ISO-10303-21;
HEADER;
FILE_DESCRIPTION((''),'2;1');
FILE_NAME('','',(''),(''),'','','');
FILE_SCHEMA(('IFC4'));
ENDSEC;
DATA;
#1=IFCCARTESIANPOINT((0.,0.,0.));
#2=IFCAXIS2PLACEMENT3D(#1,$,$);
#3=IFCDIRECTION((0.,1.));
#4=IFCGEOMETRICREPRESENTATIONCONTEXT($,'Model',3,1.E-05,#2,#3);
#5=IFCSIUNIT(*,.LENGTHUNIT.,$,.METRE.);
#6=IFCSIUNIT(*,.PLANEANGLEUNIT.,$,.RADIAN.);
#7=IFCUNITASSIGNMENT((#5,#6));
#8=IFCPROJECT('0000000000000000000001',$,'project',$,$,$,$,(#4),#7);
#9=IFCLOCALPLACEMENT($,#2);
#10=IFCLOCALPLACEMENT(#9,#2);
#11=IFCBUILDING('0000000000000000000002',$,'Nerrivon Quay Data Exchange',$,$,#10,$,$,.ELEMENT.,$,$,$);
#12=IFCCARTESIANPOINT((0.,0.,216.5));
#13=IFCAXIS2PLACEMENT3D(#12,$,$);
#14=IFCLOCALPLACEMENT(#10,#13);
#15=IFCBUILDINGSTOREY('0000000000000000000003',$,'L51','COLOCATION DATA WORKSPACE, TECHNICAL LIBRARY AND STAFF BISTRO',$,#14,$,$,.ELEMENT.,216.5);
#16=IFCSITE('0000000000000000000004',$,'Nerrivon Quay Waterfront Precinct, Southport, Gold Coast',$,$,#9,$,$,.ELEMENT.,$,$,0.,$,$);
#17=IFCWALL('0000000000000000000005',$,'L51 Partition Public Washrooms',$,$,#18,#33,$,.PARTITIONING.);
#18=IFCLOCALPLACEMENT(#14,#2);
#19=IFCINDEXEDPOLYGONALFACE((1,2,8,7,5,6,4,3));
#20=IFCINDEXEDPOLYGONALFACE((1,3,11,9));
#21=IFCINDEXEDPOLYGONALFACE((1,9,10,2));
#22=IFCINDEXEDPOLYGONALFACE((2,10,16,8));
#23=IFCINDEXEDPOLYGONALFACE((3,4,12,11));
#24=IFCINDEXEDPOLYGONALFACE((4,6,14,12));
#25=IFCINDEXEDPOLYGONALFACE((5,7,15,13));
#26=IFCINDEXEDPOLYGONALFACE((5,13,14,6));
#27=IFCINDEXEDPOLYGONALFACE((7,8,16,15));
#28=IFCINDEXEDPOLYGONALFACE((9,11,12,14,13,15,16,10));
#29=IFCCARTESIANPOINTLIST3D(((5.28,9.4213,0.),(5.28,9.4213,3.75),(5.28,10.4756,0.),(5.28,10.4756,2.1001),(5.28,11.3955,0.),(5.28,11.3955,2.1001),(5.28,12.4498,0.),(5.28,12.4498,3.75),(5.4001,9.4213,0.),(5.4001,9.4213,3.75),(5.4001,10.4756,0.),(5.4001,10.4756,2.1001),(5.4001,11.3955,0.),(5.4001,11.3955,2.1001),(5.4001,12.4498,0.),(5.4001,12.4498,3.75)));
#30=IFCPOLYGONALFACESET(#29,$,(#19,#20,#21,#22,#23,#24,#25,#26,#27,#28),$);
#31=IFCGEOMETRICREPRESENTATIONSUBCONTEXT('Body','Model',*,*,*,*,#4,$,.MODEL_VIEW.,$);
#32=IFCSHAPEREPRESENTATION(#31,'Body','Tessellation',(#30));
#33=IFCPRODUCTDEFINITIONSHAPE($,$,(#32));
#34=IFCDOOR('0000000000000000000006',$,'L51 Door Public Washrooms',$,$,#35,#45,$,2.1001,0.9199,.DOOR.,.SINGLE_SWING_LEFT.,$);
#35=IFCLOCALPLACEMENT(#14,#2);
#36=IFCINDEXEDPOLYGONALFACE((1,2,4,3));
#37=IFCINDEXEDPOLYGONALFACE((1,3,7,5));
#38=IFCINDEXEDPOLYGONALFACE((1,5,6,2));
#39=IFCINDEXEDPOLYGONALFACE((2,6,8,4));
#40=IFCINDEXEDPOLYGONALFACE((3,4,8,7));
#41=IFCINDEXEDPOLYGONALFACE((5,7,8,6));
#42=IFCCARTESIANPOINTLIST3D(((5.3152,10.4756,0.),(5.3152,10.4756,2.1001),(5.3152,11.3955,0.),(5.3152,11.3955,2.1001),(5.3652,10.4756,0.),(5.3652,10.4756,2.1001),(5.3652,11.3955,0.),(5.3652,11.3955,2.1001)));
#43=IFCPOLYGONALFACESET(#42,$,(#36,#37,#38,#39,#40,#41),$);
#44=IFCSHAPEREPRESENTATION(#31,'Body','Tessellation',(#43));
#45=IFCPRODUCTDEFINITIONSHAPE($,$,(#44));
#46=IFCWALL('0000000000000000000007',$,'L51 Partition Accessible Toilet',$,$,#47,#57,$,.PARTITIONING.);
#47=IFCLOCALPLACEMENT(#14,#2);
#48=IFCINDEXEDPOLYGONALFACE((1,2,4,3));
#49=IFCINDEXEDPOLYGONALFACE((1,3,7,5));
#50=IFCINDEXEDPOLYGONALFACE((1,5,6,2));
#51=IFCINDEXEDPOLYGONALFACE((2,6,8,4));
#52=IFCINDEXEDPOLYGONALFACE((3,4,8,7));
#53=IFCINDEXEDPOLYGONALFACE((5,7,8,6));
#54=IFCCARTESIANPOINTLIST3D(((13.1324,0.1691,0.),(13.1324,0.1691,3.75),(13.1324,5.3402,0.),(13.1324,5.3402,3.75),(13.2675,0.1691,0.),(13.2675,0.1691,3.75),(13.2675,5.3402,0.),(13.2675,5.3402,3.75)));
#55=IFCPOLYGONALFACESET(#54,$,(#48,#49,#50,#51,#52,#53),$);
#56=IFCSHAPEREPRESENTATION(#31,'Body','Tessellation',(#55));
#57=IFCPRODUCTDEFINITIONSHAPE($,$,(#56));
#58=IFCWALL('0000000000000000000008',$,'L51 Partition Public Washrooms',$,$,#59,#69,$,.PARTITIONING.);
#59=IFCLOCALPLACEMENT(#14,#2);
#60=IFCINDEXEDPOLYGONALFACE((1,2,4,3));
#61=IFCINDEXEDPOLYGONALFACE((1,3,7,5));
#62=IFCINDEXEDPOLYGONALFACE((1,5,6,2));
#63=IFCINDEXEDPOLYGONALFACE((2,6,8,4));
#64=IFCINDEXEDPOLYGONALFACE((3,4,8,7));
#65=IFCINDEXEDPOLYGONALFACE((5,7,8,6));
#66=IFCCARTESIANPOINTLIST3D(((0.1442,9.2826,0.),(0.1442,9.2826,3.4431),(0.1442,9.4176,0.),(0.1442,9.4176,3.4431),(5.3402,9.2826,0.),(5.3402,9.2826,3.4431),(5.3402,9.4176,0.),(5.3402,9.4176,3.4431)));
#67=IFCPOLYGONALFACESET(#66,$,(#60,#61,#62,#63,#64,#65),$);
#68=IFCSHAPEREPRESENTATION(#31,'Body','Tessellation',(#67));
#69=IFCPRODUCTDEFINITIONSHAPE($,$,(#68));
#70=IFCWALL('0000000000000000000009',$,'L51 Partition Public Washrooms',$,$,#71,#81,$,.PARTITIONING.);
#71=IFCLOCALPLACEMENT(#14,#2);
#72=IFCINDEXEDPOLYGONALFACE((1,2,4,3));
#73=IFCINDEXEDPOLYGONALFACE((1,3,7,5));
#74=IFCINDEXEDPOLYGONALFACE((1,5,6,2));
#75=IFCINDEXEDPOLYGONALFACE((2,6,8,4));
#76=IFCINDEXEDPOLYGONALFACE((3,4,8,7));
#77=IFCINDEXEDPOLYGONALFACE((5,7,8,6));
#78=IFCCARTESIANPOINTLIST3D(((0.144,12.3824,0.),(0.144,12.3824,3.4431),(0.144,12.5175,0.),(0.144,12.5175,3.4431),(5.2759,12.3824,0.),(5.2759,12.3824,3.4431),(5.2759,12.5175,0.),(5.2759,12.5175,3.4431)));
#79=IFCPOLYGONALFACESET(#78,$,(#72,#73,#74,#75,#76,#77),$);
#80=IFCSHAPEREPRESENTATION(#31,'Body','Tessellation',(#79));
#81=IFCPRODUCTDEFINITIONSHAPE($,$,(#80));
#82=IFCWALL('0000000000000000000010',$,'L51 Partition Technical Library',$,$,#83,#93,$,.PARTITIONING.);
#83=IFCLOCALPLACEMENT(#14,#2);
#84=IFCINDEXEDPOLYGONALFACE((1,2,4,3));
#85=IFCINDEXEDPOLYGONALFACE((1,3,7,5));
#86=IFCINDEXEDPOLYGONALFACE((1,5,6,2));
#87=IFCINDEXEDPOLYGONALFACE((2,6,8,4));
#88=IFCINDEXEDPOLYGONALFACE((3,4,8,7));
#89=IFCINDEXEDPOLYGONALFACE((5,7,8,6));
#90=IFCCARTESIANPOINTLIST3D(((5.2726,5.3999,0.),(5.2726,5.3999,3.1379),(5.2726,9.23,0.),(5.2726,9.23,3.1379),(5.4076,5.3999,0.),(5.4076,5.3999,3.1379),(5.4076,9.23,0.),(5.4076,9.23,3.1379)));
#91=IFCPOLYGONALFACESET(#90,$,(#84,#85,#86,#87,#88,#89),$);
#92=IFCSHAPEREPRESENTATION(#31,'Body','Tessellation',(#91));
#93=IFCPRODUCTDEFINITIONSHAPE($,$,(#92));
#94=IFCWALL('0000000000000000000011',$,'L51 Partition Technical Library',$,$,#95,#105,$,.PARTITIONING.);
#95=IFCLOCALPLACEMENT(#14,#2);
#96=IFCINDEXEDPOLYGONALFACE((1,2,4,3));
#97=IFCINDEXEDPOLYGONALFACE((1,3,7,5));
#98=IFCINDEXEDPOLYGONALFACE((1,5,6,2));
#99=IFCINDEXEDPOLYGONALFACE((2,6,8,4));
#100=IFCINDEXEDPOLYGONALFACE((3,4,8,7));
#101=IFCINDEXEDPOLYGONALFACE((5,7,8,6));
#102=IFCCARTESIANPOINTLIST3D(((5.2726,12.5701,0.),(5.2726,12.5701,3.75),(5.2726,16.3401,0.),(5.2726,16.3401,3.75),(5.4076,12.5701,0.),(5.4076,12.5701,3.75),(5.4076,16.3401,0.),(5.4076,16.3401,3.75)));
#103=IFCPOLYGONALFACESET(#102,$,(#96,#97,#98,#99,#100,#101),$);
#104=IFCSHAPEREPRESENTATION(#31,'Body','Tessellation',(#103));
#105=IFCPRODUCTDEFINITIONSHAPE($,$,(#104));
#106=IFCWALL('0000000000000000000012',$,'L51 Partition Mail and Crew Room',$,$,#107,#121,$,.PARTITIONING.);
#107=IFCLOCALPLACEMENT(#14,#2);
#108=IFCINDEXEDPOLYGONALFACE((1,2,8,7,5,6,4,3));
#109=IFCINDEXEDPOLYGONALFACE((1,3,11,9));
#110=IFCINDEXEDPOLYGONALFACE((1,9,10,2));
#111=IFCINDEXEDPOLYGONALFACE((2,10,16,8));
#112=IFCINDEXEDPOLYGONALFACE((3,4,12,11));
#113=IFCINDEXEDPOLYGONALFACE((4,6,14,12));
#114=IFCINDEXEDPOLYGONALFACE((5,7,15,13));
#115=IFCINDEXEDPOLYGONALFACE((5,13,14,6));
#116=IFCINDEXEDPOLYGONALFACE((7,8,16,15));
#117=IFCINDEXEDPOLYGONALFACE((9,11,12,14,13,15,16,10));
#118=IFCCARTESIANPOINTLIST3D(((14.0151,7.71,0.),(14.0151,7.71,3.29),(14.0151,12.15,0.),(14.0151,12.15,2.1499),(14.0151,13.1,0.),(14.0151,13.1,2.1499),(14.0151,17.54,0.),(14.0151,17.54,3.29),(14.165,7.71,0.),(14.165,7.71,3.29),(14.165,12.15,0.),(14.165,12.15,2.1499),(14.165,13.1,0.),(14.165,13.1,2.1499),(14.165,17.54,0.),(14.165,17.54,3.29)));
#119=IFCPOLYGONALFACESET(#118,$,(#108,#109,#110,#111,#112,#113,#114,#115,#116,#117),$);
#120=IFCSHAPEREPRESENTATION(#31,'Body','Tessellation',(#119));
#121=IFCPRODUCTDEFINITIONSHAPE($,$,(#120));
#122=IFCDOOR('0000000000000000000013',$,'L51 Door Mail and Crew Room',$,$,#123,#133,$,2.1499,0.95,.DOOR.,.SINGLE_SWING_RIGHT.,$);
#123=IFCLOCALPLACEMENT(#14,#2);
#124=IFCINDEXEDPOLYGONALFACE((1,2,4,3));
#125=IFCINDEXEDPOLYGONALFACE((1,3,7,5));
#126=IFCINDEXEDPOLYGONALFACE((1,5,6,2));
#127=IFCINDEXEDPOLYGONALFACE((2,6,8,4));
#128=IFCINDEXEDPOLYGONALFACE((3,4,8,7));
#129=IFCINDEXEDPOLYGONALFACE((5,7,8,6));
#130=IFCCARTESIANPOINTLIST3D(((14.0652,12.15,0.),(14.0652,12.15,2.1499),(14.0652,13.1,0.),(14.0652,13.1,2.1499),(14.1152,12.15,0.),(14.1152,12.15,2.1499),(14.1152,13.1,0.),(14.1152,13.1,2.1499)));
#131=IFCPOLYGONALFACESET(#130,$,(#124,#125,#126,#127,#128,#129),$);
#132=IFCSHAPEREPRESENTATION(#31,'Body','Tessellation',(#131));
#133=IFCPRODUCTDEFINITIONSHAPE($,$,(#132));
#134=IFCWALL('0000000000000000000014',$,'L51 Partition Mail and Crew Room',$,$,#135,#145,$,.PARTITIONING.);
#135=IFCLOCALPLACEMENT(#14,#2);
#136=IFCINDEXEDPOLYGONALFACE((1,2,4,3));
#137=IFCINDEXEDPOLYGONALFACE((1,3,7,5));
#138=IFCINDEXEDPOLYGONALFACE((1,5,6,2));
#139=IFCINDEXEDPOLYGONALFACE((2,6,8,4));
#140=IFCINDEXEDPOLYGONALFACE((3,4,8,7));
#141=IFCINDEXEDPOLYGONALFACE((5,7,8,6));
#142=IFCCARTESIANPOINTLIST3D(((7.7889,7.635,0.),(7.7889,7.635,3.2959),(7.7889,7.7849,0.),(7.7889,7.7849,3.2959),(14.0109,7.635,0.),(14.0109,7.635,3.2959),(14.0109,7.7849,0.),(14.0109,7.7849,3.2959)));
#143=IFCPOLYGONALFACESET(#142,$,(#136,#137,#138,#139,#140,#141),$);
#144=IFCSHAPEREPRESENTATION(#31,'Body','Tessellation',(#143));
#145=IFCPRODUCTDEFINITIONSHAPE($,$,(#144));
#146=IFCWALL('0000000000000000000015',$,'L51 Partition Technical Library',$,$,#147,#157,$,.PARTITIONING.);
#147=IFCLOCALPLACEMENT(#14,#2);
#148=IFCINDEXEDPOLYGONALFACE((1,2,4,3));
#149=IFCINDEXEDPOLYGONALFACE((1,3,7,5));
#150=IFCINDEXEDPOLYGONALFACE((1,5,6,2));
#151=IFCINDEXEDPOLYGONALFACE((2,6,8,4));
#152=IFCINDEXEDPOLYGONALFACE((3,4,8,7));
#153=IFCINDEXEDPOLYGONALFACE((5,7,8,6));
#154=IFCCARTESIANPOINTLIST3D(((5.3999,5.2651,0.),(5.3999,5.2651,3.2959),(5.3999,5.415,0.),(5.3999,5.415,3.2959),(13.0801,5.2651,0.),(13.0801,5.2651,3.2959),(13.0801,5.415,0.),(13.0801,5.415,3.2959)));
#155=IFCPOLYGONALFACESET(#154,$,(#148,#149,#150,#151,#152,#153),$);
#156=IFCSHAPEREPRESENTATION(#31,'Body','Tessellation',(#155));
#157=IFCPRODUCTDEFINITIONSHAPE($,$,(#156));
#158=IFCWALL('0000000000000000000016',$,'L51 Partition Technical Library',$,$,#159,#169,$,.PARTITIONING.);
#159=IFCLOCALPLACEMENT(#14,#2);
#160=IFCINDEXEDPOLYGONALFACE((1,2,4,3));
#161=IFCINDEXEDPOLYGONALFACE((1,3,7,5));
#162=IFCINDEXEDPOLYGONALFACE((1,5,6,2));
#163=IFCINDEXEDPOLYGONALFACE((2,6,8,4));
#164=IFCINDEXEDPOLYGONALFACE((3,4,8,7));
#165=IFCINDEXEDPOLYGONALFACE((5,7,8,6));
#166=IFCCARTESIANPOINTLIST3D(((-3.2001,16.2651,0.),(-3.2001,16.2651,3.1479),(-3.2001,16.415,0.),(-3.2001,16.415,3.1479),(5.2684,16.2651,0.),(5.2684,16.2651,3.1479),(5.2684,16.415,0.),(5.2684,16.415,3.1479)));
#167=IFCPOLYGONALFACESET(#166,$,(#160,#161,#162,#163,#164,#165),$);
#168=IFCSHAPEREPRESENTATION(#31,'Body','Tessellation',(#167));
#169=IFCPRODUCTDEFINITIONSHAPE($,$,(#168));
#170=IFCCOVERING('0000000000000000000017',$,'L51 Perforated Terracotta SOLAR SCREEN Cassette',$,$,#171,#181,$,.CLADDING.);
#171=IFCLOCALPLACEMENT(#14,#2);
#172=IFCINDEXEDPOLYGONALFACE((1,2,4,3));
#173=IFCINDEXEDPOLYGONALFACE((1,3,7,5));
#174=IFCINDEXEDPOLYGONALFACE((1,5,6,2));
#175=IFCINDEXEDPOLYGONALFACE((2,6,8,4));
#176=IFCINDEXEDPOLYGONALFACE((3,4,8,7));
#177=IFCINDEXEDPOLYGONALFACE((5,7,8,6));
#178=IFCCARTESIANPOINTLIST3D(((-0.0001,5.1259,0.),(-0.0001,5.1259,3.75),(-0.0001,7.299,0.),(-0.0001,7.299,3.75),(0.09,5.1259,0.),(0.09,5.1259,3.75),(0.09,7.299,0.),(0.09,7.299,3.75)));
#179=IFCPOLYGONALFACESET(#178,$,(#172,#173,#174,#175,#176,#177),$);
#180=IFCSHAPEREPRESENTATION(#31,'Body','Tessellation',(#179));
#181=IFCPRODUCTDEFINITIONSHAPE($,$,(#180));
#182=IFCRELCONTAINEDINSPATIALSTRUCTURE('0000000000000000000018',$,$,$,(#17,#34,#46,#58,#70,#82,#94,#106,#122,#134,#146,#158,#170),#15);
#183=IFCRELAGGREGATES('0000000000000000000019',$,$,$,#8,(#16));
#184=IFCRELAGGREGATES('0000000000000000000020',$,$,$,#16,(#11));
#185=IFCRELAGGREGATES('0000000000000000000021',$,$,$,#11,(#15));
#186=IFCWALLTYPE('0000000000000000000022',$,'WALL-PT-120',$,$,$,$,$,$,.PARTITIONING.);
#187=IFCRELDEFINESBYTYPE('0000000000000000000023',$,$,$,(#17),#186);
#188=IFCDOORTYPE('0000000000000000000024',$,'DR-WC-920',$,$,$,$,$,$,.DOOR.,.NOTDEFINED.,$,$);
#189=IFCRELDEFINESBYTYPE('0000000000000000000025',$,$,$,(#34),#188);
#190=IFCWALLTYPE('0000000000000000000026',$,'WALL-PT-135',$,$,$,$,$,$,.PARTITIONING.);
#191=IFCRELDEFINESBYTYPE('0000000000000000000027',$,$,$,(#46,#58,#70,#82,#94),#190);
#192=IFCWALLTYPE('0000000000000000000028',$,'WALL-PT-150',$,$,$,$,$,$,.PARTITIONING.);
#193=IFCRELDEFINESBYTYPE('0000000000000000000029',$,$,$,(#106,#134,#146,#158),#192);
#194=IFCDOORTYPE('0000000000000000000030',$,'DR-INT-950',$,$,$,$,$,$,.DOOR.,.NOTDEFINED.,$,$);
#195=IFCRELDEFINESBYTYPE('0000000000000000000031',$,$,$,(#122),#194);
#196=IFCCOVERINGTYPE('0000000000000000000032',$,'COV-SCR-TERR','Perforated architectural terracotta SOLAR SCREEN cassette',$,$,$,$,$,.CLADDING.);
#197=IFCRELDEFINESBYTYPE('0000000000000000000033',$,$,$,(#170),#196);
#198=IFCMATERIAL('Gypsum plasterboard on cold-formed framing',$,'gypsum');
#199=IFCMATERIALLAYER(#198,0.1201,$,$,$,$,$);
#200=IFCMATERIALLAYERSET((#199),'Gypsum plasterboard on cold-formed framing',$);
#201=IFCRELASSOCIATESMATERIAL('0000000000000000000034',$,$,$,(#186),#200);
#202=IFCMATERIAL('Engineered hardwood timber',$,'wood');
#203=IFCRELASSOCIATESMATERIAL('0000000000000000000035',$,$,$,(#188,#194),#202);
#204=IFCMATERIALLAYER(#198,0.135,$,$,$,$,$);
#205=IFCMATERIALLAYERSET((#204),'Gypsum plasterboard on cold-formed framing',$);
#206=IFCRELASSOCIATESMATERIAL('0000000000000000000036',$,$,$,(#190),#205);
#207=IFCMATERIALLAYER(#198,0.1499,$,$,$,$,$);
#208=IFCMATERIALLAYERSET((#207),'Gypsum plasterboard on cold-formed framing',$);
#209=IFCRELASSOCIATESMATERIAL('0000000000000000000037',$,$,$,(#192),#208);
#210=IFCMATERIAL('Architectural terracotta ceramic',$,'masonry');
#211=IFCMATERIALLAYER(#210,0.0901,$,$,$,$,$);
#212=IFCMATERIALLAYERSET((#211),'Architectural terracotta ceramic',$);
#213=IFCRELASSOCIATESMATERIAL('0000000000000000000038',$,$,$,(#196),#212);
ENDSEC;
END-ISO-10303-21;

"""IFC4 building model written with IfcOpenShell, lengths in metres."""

from ifc_helpers import new_model, si_unit, direction, frame, frame_2d, origin, origin_2d, place, context, subcontext, project, spatial, rectangle, extrude, material, layer, layer_set, type_object, element, fill, save


model = new_model("IFC4")

# Units and contexts
model_context = context("Model", 3, precision=1e-05, world=origin(), true_north=direction((0.0, 1.0)))
body_context = subcontext(model_context, "Body", "Model", "MODEL_VIEW")
ifc_project = project(units=[si_unit("LENGTHUNIT", "METRE"), si_unit("PLANEANGLEUNIT", "RADIAN")], contexts=[model_context])

# Site, building, storey
site_placement = place(None, origin())
site = spatial("IfcSite", under=ifc_project, at=site_placement, Name="Nerrivon Quay Waterfront Precinct, Southport, Gold Coast", CompositionType="ELEMENT", RefElevation=0.0)
building_placement = place(site_placement, origin())
building = spatial("IfcBuilding", under=site, at=building_placement, Name="Nerrivon Quay Data Exchange", CompositionType="ELEMENT")
storey_placement = place(building_placement, frame((0.0, 0.0, 216.5)))
storey = spatial("IfcBuildingStorey", under=building, at=storey_placement, Name="L51", Description="COLOCATION DATA WORKSPACE, TECHNICAL LIBRARY AND STAFF BISTRO", CompositionType="ELEMENT", Elevation=216.5)

# Shared definitions
ifc_material_1 = material(Name="Gypsum plasterboard on cold-formed framing", Category="gypsum")
ifc_layer_1 = layer(ifc_material_1, 0.1201)
ifc_layer_set_1 = layer_set([ifc_layer_1], Name="Gypsum plasterboard on cold-formed framing")
wall_type_1 = type_object("IfcWallType", Name="WALL-PT-120", PredefinedType="PARTITIONING", material=ifc_layer_set_1)

# Wall, opening, door
wall_1_placement = place(storey_placement, frame((5.3401, 9.4214, 0.0), z_axis=(0.0, 0.0, 1.0), x_axis=(0.0, 1.0, 0.0)))
wall_1 = element("IfcWall", 1, at=wall_1_placement, inside=storey, type_object=wall_type_1, Name="L51 Partition Public Washrooms", PredefinedType="PARTITIONING", context=body_context, shape_type="SweptSolid", body=[
    extrude(rectangle(XDim=3.0286, YDim=0.1201, at=frame_2d((1.5142, 0.0))), origin(), (0.0, 0.0, 1.0), 3.75),
])
opening_1_placement = place(wall_1_placement, frame((1.0542, 0.0, 0.0)))
opening_1 = element("IfcOpeningElement", 2, at=opening_1_placement, cuts=wall_1, PredefinedType="OPENING", context=body_context, shape_type="SweptSolid", body=[
    extrude(rectangle(XDim=0.9199, YDim=2.1001, at=frame_2d((0.46, 1.05))), frame((0.0, 0.0701, 0.0), z_axis=(0.0, -1.0, 0.0), x_axis=(1.0, 0.0, 0.0)), (0.0, 0.0, 1.0), 0.1401),
])
ifc_material_2 = material(Name="Engineered hardwood timber", Category="wood")
door_type_1 = type_object("IfcDoorType", Name="DR-WC-920", OperationType="NOTDEFINED", PredefinedType="DOOR", material=ifc_material_2)
door_1_placement = place(opening_1_placement, origin())
door_1 = element("IfcDoor", 3, at=door_1_placement, inside=storey, type_object=door_type_1, Name="L51 Door Public Washrooms", OperationType="SINGLE_SWING_LEFT", OverallHeight=2.1001, OverallWidth=0.9199, PredefinedType="DOOR", context=body_context, shape_type="SweptSolid", body=[
    extrude(rectangle(XDim=0.9199, YDim=2.1001, at=frame_2d((0.46, 1.05))), frame((0.0, 0.0249, 0.0), z_axis=(0.0, -1.0, 0.0), x_axis=(1.0, 0.0, 0.0)), (0.0, 0.0, 1.0), 0.05),
])
fill(opening_1, door_1)

# Walls
ifc_layer_2 = layer(ifc_material_1, 0.135)
ifc_layer_set_2 = layer_set([ifc_layer_2], Name="Gypsum plasterboard on cold-formed framing")
wall_type_2 = type_object("IfcWallType", Name="WALL-PT-135", PredefinedType="PARTITIONING", material=ifc_layer_set_2)
wall_2_placement = place(storey_placement, frame((13.2, 5.3401, 0.0), z_axis=(0.0, 0.0, 1.0), x_axis=(0.0, -1.0, 0.0)))
element("IfcWall", 4, at=wall_2_placement, inside=storey, type_object=wall_type_2, Name="L51 Partition Accessible Toilet", PredefinedType="PARTITIONING", context=body_context, shape_type="SweptSolid", body=[
    extrude(rectangle(XDim=5.1711, YDim=0.135, at=frame_2d((2.5854, 0.0))), origin(), (0.0, 0.0, 1.0), 3.75),
])
wall_3_placement = place(storey_placement, frame((0.144, 9.3501, 0.0), z_axis=(0.0, 0.0, 1.0), x_axis=(1.0, 0.0, 0.0)))
element("IfcWall", 5, at=wall_3_placement, inside=storey, type_object=wall_type_2, Name="L51 Partition Public Washrooms", PredefinedType="PARTITIONING", context=body_context, shape_type="SweptSolid", body=[
    extrude(rectangle(XDim=5.196, YDim=0.135, at=frame_2d((2.5981, 0.0))), origin(), (0.0, 0.0, 1.0), 3.4431),
])
wall_4_placement = place(storey_placement, frame((5.2759, 12.45, 0.0), z_axis=(0.0, 0.0, 1.0), x_axis=(-1.0, 0.0, 0.0)))
element("IfcWall", 6, at=wall_4_placement, inside=storey, type_object=wall_type_2, Name="L51 Partition Public Washrooms", PredefinedType="PARTITIONING", context=body_context, shape_type="SweptSolid", body=[
    extrude(rectangle(XDim=5.1318, YDim=0.135, at=frame_2d((2.5659, 0.0))), origin(), (0.0, 0.0, 1.0), 3.4431),
])
wall_5_placement = place(storey_placement, frame((5.3401, 5.3999, 0.0), z_axis=(0.0, 0.0, 1.0), x_axis=(0.0, 1.0, 0.0)))
element("IfcWall", 7, at=wall_5_placement, inside=storey, type_object=wall_type_2, Name="L51 Partition Technical Library", PredefinedType="PARTITIONING", context=body_context, shape_type="SweptSolid", body=[
    extrude(rectangle(XDim=3.8301, YDim=0.135, at=frame_2d((1.915, 0.0))), origin(), (0.0, 0.0, 1.0), 3.1379),
])
wall_6_placement = place(storey_placement, frame((5.3401, 12.5701, 0.0), z_axis=(0.0, 0.0, 1.0), x_axis=(0.0, 1.0, 0.0)))
element("IfcWall", 8, at=wall_6_placement, inside=storey, type_object=wall_type_2, Name="L51 Partition Technical Library", PredefinedType="PARTITIONING", context=body_context, shape_type="SweptSolid", body=[
    extrude(rectangle(XDim=3.77, YDim=0.135, at=frame_2d((1.885, 0.0))), origin(), (0.0, 0.0, 1.0), 3.75),
])

# Wall, opening, door
ifc_layer_3 = layer(ifc_material_1, 0.1499)
ifc_layer_set_3 = layer_set([ifc_layer_3], Name="Gypsum plasterboard on cold-formed framing")
wall_type_3 = type_object("IfcWallType", Name="WALL-PT-150", PredefinedType="PARTITIONING", material=ifc_layer_set_3)
wall_7_placement = place(storey_placement, frame((14.0901, 7.71, 0.0), z_axis=(0.0, 0.0, 1.0), x_axis=(0.0, 1.0, 0.0)))
wall_7 = element("IfcWall", 9, at=wall_7_placement, inside=storey, type_object=wall_type_3, Name="L51 Partition Mail and Crew Room", PredefinedType="PARTITIONING", context=body_context, shape_type="SweptSolid", body=[
    extrude(rectangle(XDim=9.8301, YDim=0.1499, at=frame_2d((4.915, 0.0))), origin(), (0.0, 0.0, 1.0), 3.29),
])
opening_2_placement = place(wall_7_placement, frame((4.4399, 0.0, 0.0)))
opening_2 = element("IfcOpeningElement", 10, at=opening_2_placement, cuts=wall_7, PredefinedType="OPENING", context=body_context, shape_type="SweptSolid", body=[
    extrude(rectangle(XDim=0.95, YDim=2.1499, at=frame_2d((0.4751, 1.075))), frame((0.0, 0.085, 0.0), z_axis=(0.0, -1.0, 0.0), x_axis=(1.0, 0.0, 0.0)), (0.0, 0.0, 1.0), 0.1699),
])
door_type_2 = type_object("IfcDoorType", Name="DR-INT-950", OperationType="NOTDEFINED", PredefinedType="DOOR", material=ifc_material_2)
door_2_placement = place(opening_2_placement, origin())
door_2 = element("IfcDoor", 11, at=door_2_placement, inside=storey, type_object=door_type_2, Name="L51 Door Mail and Crew Room", OperationType="SINGLE_SWING_RIGHT", OverallHeight=2.1499, OverallWidth=0.95, PredefinedType="DOOR", context=body_context, shape_type="SweptSolid", body=[
    extrude(rectangle(XDim=0.95, YDim=2.1499, at=frame_2d((0.4751, 1.075))), frame((0.0, 0.0249, 0.0), z_axis=(0.0, -1.0, 0.0), x_axis=(1.0, 0.0, 0.0)), (0.0, 0.0, 1.0), 0.05),
])
fill(opening_2, door_2)

# Walls
wall_8_placement = place(storey_placement, frame((7.7891, 7.71, 0.0), z_axis=(0.0, 0.0, 1.0), x_axis=(1.0, 0.0, 0.0)))
element("IfcWall", 12, at=wall_8_placement, inside=storey, type_object=wall_type_3, Name="L51 Partition Mail and Crew Room", PredefinedType="PARTITIONING", context=body_context, shape_type="SweptSolid", body=[
    extrude(rectangle(XDim=6.2219, YDim=0.1499, at=frame_2d((3.1108, 0.0))), origin(), (0.0, 0.0, 1.0), 3.2959),
])
wall_9_placement = place(storey_placement, frame((13.0801, 5.3401, 0.0), z_axis=(0.0, 0.0, 1.0), x_axis=(-1.0, 0.0, 0.0)))
element("IfcWall", 13, at=wall_9_placement, inside=storey, type_object=wall_type_3, Name="L51 Partition Technical Library", PredefinedType="PARTITIONING", context=body_context, shape_type="SweptSolid", body=[
    extrude(rectangle(XDim=7.6802, YDim=0.1499, at=frame_2d((3.8401, 0.0))), origin(), (0.0, 0.0, 1.0), 3.2959),
])
wall_10_placement = place(storey_placement, frame((5.2686, 16.3401, 0.0), z_axis=(0.0, 0.0, 1.0), x_axis=(-1.0, 0.0, 0.0)))
element("IfcWall", 14, at=wall_10_placement, inside=storey, type_object=wall_type_3, Name="L51 Partition Technical Library", PredefinedType="PARTITIONING", context=body_context, shape_type="SweptSolid", body=[
    extrude(rectangle(XDim=8.4685, YDim=0.1499, at=frame_2d((4.2344, 0.0))), origin(), (0.0, 0.0, 1.0), 3.1479),
])

# Covering
ifc_material_3 = material(Name="Architectural terracotta ceramic", Category="masonry")
ifc_layer_4 = layer(ifc_material_3, 0.0901)
ifc_layer_set_4 = layer_set([ifc_layer_4], Name="Architectural terracotta ceramic")
covering_type = type_object("IfcCoveringType", Name="COV-SCR-TERR", Description="Perforated architectural terracotta SOLAR SCREEN cassette", PredefinedType="CLADDING", material=ifc_layer_set_4)
covering_placement = place(storey_placement, frame((0.0449, 6.2124, 0.0), z_axis=(0.0, 0.0, 1.0), x_axis=(0.0, 1.0, 0.0)))
element("IfcCovering", 15, at=covering_placement, inside=storey, type_object=covering_type, Name="L51 Perforated Terracotta SOLAR SCREEN Cassette", PredefinedType="CLADDING", context=body_context, shape_type="SweptSolid", body=[
    extrude(rectangle(XDim=2.1731, YDim=0.0901, at=origin_2d()), origin(), (0.0, 0.0, 1.0), 3.75),
])

save(model, "model.ifc")
